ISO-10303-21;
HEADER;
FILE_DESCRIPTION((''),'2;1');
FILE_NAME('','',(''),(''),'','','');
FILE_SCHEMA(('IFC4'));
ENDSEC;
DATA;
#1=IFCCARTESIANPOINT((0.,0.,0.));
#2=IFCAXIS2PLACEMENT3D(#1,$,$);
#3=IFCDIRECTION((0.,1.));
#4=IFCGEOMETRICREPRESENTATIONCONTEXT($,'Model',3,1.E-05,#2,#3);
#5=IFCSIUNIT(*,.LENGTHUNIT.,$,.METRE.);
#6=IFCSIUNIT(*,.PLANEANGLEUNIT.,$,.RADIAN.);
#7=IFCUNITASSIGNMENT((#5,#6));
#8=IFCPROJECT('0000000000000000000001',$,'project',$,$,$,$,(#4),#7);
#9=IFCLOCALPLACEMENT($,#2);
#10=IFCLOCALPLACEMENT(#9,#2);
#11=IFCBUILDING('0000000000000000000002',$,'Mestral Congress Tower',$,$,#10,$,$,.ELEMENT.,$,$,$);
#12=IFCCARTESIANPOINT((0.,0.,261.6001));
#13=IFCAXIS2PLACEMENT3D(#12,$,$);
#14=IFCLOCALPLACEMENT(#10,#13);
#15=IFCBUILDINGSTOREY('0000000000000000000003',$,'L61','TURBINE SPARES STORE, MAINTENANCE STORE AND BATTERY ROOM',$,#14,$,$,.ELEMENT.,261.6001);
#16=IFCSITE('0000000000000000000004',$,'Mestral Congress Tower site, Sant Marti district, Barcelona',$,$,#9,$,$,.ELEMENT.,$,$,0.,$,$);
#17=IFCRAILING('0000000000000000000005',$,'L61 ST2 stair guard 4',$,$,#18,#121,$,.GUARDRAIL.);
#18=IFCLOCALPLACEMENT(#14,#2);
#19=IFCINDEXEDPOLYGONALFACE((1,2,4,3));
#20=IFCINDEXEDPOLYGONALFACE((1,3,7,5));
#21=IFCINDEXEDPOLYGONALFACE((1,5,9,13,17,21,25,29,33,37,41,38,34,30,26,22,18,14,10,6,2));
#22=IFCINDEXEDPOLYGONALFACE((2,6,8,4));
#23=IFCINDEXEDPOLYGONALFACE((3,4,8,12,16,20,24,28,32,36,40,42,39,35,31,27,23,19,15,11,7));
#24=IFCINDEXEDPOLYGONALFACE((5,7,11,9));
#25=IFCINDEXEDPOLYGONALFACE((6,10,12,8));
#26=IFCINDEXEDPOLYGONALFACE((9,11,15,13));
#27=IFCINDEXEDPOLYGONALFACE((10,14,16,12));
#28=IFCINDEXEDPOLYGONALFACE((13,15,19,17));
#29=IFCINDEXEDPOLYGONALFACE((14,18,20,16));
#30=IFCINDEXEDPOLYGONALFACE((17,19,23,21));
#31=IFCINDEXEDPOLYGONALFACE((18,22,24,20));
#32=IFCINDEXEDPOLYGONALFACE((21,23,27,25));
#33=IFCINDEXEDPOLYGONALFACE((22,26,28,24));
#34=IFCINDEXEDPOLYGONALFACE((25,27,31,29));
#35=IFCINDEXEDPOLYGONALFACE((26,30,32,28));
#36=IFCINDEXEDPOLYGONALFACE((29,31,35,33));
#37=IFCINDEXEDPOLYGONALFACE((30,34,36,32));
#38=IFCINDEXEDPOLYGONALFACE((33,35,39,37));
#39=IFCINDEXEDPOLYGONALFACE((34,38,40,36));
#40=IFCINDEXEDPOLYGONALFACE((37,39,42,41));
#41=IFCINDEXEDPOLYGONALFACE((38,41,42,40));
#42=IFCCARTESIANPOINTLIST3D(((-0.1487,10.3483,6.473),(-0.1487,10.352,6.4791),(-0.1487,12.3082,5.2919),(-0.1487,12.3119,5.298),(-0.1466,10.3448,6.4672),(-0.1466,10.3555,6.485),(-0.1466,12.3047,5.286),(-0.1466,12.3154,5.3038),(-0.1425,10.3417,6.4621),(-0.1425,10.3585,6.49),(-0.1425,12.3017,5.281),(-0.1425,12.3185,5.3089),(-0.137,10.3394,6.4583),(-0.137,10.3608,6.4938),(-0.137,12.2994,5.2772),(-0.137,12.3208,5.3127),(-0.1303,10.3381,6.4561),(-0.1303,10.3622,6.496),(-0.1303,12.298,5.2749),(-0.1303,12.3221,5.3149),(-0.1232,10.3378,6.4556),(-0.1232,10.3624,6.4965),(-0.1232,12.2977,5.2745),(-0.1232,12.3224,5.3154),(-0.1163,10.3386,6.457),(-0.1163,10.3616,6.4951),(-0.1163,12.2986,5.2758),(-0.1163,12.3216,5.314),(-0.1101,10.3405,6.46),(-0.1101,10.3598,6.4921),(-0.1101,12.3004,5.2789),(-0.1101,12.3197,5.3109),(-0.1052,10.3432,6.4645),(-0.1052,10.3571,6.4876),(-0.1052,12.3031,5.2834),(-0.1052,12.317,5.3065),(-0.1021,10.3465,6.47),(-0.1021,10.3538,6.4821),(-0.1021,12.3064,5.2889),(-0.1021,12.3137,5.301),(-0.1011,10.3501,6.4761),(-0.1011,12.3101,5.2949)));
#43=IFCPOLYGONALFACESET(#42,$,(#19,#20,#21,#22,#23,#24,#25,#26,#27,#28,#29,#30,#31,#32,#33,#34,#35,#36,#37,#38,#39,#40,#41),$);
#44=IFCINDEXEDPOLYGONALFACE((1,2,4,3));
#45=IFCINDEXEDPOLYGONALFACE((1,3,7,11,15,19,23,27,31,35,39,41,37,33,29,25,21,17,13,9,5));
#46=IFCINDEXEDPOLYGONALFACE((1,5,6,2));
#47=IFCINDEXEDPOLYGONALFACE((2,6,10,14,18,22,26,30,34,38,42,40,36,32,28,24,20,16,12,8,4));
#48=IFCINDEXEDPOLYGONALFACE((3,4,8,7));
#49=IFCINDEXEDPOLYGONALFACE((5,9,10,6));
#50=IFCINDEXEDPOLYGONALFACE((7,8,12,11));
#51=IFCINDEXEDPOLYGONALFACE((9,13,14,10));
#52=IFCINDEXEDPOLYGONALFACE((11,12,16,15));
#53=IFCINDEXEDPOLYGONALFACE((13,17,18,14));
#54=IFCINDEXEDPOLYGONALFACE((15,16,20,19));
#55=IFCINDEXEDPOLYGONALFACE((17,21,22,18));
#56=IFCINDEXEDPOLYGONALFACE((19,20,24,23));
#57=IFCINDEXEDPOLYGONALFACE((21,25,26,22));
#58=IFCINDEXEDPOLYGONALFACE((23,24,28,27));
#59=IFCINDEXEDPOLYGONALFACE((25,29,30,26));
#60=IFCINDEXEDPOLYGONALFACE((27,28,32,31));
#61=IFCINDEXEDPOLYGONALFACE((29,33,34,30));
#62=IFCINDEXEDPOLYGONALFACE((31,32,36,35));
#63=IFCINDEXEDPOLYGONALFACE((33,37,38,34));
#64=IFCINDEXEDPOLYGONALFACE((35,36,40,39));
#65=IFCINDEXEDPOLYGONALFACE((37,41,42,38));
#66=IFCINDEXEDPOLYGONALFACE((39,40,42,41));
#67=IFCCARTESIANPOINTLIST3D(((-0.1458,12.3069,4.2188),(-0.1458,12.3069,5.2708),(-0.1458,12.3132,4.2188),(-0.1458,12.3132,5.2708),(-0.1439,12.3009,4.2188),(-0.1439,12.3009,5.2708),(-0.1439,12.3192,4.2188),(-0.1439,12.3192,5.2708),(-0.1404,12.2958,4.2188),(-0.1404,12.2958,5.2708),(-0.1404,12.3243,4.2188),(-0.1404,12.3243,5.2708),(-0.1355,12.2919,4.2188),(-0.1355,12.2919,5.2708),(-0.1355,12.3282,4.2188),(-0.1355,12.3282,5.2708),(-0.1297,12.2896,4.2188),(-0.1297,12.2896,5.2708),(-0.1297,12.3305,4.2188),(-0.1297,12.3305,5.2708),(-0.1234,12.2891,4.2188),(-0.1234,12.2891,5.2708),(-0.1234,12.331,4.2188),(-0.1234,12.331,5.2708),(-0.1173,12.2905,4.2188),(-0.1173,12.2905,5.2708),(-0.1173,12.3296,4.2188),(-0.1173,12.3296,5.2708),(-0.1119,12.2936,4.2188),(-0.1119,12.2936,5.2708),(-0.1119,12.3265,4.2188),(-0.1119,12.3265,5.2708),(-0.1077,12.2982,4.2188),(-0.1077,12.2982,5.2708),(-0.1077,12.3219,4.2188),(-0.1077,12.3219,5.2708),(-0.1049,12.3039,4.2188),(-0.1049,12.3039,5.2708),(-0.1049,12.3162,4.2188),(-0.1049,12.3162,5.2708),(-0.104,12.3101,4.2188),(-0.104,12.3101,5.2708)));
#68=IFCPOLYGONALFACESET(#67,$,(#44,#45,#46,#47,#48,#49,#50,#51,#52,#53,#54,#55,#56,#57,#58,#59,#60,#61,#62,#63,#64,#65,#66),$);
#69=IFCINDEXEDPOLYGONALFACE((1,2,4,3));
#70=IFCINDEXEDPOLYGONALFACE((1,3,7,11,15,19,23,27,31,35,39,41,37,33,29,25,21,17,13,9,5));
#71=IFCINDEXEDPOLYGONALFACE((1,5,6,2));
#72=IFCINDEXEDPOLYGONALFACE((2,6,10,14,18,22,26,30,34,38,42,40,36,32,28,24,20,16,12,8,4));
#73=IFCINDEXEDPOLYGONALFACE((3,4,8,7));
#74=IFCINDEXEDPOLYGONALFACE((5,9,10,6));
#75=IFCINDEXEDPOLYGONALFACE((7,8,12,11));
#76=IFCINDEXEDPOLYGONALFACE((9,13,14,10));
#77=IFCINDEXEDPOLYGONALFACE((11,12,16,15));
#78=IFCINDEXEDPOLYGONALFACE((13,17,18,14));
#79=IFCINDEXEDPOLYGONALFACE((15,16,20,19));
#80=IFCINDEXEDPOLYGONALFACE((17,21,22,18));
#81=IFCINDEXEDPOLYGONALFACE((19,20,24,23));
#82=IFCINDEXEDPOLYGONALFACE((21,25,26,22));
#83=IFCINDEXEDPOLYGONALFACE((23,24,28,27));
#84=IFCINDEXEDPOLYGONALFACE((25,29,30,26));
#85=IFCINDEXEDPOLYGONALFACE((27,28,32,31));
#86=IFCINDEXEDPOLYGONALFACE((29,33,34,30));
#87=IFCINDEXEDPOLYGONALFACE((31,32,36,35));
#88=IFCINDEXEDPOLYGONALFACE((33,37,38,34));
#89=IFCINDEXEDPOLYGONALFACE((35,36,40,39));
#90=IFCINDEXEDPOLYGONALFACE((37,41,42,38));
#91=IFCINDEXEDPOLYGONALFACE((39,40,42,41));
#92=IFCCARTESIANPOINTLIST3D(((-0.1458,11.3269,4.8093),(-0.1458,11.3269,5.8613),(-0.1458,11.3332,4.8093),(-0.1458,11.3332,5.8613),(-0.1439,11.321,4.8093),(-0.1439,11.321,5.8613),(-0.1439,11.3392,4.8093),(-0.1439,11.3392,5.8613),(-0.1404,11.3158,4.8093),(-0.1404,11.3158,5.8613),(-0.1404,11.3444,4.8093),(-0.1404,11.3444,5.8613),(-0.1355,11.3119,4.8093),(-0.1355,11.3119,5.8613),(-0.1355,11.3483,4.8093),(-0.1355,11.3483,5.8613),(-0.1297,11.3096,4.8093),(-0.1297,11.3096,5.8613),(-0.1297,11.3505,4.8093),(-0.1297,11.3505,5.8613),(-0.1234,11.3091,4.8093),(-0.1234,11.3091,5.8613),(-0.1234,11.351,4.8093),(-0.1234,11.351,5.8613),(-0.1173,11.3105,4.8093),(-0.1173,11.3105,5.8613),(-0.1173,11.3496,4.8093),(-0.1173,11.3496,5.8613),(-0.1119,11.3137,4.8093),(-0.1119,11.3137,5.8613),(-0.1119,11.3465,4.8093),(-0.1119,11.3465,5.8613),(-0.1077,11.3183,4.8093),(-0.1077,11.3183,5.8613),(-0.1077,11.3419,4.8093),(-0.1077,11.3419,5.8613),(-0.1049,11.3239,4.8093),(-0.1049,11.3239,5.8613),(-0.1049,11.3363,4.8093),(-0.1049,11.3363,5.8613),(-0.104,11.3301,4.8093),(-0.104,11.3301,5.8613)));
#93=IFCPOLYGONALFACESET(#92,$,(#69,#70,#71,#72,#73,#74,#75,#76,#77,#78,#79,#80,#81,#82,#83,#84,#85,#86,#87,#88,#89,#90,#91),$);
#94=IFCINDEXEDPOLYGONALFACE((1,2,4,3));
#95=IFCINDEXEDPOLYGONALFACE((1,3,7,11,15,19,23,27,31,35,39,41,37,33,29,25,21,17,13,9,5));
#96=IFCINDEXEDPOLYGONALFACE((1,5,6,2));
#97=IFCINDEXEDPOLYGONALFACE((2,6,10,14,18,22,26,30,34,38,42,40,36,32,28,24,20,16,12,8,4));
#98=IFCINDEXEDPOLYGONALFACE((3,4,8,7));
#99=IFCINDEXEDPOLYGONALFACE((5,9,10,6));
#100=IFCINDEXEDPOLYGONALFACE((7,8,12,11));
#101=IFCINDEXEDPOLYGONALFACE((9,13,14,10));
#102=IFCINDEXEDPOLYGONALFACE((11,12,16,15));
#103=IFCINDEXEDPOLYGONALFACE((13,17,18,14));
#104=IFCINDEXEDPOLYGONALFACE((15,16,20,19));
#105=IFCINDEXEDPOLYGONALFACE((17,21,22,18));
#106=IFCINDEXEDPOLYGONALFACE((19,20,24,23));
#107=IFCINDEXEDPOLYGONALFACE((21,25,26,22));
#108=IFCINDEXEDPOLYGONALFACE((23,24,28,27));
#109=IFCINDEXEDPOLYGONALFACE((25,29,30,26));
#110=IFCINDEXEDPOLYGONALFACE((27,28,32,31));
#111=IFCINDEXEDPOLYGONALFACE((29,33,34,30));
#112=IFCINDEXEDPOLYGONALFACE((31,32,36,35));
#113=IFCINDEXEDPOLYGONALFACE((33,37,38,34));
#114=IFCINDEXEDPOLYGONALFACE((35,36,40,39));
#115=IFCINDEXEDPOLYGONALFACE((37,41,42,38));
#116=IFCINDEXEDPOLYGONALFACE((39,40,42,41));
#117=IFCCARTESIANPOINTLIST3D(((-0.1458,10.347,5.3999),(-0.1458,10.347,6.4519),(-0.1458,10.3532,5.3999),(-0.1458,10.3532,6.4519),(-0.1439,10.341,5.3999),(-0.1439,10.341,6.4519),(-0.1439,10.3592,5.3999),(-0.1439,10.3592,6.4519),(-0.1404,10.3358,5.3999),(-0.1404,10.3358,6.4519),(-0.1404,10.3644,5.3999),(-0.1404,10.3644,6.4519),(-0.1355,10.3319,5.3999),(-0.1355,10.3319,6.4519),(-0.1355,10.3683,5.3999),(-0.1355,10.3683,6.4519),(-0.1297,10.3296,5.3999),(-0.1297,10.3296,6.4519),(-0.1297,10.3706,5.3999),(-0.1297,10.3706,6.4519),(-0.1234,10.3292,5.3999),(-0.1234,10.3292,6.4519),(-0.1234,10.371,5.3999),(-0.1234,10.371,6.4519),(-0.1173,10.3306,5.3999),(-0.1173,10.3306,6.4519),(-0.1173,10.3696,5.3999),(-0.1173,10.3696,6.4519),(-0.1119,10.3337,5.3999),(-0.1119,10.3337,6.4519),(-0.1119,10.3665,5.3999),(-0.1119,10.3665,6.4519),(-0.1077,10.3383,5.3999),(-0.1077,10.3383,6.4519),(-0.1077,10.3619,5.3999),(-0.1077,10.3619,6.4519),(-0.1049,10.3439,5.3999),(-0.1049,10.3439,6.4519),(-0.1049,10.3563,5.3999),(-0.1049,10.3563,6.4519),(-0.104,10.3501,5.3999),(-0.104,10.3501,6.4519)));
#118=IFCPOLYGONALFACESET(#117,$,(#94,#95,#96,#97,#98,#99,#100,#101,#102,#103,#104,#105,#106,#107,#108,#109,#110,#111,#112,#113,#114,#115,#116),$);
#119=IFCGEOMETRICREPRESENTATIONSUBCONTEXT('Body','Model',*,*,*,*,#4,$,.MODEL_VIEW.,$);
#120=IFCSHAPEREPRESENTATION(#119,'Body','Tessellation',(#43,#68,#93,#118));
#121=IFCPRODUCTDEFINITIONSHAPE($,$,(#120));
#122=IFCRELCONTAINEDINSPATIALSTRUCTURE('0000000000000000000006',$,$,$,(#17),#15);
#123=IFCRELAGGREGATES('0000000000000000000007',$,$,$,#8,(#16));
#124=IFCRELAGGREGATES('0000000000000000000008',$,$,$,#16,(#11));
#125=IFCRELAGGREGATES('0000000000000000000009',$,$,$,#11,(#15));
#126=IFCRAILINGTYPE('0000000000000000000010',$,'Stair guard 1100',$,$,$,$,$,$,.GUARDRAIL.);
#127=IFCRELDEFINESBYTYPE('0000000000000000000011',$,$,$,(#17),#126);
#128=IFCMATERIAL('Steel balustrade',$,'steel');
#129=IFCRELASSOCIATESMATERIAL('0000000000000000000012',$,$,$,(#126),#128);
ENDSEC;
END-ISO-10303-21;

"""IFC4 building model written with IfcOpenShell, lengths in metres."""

from ifc_helpers import new_model, si_unit, direction, frame, origin, origin_2d, place, context, subcontext, project, spatial, circle, extrude, material, type_object, element, save


model = new_model("IFC4")

# Units and contexts
model_context = context("Model", 3, precision=1e-05, world=origin(), true_north=direction((0.0, 1.0)))
body_context = subcontext(model_context, "Body", "Model", "MODEL_VIEW")
ifc_project = project(units=[si_unit("LENGTHUNIT", "METRE"), si_unit("PLANEANGLEUNIT", "RADIAN")], contexts=[model_context])

# Site, building, storey
site_placement = place(None, origin())
site = spatial("IfcSite", under=ifc_project, at=site_placement, Name="Mestral Congress Tower site, Sant Marti district, Barcelona", CompositionType="ELEMENT", RefElevation=0.0)
building_placement = place(site_placement, origin())
building = spatial("IfcBuilding", under=site, at=building_placement, Name="Mestral Congress Tower", CompositionType="ELEMENT")
storey_placement = place(building_placement, frame((0.0, 0.0, 261.6001)))
storey = spatial("IfcBuildingStorey", under=building, at=storey_placement, Name="L61", Description="TURBINE SPARES STORE, MAINTENANCE STORE AND BATTERY ROOM", CompositionType="ELEMENT", Elevation=261.6001)

# Railing
ifc_material_1 = material(Name="Steel balustrade", Category="steel")
railing_type_1 = type_object("IfcRailingType", Name="Stair guard 1100", PredefinedType="GUARDRAIL", material=ifc_material_1)
railing_1_placement = place(storey_placement, frame((-0.125, 12.3101, 4.2188)))
element("IfcRailing", 1, at=railing_1_placement, inside=storey, type_object=railing_type_1, Name="L61 ST2 stair guard 4", PredefinedType="GUARDRAIL", context=body_context, shape_type="SweptSolid", body=[
    extrude(circle(Radius=0.0239, at=origin_2d()), frame((0.0, 0.0, 1.0762), z_axis=(0.0, -0.856493, 0.516158), x_axis=(1.0, 0.0, 0.0)), (0.0, 0.0, 1.0), 2.2883),
    extrude(circle(Radius=0.021, at=origin_2d()), origin(), (0.0, 0.0, 1.0), 1.052),
    extrude(circle(Radius=0.021, at=origin_2d()), frame((0.0, -0.98, 0.5906)), (0.0, 0.0, 1.0), 1.052),
    extrude(circle(Radius=0.021, at=origin_2d()), frame((0.0, -1.96, 1.1812)), (0.0, 0.0, 1.0), 1.052),
])

save(model, "model.ifc")
